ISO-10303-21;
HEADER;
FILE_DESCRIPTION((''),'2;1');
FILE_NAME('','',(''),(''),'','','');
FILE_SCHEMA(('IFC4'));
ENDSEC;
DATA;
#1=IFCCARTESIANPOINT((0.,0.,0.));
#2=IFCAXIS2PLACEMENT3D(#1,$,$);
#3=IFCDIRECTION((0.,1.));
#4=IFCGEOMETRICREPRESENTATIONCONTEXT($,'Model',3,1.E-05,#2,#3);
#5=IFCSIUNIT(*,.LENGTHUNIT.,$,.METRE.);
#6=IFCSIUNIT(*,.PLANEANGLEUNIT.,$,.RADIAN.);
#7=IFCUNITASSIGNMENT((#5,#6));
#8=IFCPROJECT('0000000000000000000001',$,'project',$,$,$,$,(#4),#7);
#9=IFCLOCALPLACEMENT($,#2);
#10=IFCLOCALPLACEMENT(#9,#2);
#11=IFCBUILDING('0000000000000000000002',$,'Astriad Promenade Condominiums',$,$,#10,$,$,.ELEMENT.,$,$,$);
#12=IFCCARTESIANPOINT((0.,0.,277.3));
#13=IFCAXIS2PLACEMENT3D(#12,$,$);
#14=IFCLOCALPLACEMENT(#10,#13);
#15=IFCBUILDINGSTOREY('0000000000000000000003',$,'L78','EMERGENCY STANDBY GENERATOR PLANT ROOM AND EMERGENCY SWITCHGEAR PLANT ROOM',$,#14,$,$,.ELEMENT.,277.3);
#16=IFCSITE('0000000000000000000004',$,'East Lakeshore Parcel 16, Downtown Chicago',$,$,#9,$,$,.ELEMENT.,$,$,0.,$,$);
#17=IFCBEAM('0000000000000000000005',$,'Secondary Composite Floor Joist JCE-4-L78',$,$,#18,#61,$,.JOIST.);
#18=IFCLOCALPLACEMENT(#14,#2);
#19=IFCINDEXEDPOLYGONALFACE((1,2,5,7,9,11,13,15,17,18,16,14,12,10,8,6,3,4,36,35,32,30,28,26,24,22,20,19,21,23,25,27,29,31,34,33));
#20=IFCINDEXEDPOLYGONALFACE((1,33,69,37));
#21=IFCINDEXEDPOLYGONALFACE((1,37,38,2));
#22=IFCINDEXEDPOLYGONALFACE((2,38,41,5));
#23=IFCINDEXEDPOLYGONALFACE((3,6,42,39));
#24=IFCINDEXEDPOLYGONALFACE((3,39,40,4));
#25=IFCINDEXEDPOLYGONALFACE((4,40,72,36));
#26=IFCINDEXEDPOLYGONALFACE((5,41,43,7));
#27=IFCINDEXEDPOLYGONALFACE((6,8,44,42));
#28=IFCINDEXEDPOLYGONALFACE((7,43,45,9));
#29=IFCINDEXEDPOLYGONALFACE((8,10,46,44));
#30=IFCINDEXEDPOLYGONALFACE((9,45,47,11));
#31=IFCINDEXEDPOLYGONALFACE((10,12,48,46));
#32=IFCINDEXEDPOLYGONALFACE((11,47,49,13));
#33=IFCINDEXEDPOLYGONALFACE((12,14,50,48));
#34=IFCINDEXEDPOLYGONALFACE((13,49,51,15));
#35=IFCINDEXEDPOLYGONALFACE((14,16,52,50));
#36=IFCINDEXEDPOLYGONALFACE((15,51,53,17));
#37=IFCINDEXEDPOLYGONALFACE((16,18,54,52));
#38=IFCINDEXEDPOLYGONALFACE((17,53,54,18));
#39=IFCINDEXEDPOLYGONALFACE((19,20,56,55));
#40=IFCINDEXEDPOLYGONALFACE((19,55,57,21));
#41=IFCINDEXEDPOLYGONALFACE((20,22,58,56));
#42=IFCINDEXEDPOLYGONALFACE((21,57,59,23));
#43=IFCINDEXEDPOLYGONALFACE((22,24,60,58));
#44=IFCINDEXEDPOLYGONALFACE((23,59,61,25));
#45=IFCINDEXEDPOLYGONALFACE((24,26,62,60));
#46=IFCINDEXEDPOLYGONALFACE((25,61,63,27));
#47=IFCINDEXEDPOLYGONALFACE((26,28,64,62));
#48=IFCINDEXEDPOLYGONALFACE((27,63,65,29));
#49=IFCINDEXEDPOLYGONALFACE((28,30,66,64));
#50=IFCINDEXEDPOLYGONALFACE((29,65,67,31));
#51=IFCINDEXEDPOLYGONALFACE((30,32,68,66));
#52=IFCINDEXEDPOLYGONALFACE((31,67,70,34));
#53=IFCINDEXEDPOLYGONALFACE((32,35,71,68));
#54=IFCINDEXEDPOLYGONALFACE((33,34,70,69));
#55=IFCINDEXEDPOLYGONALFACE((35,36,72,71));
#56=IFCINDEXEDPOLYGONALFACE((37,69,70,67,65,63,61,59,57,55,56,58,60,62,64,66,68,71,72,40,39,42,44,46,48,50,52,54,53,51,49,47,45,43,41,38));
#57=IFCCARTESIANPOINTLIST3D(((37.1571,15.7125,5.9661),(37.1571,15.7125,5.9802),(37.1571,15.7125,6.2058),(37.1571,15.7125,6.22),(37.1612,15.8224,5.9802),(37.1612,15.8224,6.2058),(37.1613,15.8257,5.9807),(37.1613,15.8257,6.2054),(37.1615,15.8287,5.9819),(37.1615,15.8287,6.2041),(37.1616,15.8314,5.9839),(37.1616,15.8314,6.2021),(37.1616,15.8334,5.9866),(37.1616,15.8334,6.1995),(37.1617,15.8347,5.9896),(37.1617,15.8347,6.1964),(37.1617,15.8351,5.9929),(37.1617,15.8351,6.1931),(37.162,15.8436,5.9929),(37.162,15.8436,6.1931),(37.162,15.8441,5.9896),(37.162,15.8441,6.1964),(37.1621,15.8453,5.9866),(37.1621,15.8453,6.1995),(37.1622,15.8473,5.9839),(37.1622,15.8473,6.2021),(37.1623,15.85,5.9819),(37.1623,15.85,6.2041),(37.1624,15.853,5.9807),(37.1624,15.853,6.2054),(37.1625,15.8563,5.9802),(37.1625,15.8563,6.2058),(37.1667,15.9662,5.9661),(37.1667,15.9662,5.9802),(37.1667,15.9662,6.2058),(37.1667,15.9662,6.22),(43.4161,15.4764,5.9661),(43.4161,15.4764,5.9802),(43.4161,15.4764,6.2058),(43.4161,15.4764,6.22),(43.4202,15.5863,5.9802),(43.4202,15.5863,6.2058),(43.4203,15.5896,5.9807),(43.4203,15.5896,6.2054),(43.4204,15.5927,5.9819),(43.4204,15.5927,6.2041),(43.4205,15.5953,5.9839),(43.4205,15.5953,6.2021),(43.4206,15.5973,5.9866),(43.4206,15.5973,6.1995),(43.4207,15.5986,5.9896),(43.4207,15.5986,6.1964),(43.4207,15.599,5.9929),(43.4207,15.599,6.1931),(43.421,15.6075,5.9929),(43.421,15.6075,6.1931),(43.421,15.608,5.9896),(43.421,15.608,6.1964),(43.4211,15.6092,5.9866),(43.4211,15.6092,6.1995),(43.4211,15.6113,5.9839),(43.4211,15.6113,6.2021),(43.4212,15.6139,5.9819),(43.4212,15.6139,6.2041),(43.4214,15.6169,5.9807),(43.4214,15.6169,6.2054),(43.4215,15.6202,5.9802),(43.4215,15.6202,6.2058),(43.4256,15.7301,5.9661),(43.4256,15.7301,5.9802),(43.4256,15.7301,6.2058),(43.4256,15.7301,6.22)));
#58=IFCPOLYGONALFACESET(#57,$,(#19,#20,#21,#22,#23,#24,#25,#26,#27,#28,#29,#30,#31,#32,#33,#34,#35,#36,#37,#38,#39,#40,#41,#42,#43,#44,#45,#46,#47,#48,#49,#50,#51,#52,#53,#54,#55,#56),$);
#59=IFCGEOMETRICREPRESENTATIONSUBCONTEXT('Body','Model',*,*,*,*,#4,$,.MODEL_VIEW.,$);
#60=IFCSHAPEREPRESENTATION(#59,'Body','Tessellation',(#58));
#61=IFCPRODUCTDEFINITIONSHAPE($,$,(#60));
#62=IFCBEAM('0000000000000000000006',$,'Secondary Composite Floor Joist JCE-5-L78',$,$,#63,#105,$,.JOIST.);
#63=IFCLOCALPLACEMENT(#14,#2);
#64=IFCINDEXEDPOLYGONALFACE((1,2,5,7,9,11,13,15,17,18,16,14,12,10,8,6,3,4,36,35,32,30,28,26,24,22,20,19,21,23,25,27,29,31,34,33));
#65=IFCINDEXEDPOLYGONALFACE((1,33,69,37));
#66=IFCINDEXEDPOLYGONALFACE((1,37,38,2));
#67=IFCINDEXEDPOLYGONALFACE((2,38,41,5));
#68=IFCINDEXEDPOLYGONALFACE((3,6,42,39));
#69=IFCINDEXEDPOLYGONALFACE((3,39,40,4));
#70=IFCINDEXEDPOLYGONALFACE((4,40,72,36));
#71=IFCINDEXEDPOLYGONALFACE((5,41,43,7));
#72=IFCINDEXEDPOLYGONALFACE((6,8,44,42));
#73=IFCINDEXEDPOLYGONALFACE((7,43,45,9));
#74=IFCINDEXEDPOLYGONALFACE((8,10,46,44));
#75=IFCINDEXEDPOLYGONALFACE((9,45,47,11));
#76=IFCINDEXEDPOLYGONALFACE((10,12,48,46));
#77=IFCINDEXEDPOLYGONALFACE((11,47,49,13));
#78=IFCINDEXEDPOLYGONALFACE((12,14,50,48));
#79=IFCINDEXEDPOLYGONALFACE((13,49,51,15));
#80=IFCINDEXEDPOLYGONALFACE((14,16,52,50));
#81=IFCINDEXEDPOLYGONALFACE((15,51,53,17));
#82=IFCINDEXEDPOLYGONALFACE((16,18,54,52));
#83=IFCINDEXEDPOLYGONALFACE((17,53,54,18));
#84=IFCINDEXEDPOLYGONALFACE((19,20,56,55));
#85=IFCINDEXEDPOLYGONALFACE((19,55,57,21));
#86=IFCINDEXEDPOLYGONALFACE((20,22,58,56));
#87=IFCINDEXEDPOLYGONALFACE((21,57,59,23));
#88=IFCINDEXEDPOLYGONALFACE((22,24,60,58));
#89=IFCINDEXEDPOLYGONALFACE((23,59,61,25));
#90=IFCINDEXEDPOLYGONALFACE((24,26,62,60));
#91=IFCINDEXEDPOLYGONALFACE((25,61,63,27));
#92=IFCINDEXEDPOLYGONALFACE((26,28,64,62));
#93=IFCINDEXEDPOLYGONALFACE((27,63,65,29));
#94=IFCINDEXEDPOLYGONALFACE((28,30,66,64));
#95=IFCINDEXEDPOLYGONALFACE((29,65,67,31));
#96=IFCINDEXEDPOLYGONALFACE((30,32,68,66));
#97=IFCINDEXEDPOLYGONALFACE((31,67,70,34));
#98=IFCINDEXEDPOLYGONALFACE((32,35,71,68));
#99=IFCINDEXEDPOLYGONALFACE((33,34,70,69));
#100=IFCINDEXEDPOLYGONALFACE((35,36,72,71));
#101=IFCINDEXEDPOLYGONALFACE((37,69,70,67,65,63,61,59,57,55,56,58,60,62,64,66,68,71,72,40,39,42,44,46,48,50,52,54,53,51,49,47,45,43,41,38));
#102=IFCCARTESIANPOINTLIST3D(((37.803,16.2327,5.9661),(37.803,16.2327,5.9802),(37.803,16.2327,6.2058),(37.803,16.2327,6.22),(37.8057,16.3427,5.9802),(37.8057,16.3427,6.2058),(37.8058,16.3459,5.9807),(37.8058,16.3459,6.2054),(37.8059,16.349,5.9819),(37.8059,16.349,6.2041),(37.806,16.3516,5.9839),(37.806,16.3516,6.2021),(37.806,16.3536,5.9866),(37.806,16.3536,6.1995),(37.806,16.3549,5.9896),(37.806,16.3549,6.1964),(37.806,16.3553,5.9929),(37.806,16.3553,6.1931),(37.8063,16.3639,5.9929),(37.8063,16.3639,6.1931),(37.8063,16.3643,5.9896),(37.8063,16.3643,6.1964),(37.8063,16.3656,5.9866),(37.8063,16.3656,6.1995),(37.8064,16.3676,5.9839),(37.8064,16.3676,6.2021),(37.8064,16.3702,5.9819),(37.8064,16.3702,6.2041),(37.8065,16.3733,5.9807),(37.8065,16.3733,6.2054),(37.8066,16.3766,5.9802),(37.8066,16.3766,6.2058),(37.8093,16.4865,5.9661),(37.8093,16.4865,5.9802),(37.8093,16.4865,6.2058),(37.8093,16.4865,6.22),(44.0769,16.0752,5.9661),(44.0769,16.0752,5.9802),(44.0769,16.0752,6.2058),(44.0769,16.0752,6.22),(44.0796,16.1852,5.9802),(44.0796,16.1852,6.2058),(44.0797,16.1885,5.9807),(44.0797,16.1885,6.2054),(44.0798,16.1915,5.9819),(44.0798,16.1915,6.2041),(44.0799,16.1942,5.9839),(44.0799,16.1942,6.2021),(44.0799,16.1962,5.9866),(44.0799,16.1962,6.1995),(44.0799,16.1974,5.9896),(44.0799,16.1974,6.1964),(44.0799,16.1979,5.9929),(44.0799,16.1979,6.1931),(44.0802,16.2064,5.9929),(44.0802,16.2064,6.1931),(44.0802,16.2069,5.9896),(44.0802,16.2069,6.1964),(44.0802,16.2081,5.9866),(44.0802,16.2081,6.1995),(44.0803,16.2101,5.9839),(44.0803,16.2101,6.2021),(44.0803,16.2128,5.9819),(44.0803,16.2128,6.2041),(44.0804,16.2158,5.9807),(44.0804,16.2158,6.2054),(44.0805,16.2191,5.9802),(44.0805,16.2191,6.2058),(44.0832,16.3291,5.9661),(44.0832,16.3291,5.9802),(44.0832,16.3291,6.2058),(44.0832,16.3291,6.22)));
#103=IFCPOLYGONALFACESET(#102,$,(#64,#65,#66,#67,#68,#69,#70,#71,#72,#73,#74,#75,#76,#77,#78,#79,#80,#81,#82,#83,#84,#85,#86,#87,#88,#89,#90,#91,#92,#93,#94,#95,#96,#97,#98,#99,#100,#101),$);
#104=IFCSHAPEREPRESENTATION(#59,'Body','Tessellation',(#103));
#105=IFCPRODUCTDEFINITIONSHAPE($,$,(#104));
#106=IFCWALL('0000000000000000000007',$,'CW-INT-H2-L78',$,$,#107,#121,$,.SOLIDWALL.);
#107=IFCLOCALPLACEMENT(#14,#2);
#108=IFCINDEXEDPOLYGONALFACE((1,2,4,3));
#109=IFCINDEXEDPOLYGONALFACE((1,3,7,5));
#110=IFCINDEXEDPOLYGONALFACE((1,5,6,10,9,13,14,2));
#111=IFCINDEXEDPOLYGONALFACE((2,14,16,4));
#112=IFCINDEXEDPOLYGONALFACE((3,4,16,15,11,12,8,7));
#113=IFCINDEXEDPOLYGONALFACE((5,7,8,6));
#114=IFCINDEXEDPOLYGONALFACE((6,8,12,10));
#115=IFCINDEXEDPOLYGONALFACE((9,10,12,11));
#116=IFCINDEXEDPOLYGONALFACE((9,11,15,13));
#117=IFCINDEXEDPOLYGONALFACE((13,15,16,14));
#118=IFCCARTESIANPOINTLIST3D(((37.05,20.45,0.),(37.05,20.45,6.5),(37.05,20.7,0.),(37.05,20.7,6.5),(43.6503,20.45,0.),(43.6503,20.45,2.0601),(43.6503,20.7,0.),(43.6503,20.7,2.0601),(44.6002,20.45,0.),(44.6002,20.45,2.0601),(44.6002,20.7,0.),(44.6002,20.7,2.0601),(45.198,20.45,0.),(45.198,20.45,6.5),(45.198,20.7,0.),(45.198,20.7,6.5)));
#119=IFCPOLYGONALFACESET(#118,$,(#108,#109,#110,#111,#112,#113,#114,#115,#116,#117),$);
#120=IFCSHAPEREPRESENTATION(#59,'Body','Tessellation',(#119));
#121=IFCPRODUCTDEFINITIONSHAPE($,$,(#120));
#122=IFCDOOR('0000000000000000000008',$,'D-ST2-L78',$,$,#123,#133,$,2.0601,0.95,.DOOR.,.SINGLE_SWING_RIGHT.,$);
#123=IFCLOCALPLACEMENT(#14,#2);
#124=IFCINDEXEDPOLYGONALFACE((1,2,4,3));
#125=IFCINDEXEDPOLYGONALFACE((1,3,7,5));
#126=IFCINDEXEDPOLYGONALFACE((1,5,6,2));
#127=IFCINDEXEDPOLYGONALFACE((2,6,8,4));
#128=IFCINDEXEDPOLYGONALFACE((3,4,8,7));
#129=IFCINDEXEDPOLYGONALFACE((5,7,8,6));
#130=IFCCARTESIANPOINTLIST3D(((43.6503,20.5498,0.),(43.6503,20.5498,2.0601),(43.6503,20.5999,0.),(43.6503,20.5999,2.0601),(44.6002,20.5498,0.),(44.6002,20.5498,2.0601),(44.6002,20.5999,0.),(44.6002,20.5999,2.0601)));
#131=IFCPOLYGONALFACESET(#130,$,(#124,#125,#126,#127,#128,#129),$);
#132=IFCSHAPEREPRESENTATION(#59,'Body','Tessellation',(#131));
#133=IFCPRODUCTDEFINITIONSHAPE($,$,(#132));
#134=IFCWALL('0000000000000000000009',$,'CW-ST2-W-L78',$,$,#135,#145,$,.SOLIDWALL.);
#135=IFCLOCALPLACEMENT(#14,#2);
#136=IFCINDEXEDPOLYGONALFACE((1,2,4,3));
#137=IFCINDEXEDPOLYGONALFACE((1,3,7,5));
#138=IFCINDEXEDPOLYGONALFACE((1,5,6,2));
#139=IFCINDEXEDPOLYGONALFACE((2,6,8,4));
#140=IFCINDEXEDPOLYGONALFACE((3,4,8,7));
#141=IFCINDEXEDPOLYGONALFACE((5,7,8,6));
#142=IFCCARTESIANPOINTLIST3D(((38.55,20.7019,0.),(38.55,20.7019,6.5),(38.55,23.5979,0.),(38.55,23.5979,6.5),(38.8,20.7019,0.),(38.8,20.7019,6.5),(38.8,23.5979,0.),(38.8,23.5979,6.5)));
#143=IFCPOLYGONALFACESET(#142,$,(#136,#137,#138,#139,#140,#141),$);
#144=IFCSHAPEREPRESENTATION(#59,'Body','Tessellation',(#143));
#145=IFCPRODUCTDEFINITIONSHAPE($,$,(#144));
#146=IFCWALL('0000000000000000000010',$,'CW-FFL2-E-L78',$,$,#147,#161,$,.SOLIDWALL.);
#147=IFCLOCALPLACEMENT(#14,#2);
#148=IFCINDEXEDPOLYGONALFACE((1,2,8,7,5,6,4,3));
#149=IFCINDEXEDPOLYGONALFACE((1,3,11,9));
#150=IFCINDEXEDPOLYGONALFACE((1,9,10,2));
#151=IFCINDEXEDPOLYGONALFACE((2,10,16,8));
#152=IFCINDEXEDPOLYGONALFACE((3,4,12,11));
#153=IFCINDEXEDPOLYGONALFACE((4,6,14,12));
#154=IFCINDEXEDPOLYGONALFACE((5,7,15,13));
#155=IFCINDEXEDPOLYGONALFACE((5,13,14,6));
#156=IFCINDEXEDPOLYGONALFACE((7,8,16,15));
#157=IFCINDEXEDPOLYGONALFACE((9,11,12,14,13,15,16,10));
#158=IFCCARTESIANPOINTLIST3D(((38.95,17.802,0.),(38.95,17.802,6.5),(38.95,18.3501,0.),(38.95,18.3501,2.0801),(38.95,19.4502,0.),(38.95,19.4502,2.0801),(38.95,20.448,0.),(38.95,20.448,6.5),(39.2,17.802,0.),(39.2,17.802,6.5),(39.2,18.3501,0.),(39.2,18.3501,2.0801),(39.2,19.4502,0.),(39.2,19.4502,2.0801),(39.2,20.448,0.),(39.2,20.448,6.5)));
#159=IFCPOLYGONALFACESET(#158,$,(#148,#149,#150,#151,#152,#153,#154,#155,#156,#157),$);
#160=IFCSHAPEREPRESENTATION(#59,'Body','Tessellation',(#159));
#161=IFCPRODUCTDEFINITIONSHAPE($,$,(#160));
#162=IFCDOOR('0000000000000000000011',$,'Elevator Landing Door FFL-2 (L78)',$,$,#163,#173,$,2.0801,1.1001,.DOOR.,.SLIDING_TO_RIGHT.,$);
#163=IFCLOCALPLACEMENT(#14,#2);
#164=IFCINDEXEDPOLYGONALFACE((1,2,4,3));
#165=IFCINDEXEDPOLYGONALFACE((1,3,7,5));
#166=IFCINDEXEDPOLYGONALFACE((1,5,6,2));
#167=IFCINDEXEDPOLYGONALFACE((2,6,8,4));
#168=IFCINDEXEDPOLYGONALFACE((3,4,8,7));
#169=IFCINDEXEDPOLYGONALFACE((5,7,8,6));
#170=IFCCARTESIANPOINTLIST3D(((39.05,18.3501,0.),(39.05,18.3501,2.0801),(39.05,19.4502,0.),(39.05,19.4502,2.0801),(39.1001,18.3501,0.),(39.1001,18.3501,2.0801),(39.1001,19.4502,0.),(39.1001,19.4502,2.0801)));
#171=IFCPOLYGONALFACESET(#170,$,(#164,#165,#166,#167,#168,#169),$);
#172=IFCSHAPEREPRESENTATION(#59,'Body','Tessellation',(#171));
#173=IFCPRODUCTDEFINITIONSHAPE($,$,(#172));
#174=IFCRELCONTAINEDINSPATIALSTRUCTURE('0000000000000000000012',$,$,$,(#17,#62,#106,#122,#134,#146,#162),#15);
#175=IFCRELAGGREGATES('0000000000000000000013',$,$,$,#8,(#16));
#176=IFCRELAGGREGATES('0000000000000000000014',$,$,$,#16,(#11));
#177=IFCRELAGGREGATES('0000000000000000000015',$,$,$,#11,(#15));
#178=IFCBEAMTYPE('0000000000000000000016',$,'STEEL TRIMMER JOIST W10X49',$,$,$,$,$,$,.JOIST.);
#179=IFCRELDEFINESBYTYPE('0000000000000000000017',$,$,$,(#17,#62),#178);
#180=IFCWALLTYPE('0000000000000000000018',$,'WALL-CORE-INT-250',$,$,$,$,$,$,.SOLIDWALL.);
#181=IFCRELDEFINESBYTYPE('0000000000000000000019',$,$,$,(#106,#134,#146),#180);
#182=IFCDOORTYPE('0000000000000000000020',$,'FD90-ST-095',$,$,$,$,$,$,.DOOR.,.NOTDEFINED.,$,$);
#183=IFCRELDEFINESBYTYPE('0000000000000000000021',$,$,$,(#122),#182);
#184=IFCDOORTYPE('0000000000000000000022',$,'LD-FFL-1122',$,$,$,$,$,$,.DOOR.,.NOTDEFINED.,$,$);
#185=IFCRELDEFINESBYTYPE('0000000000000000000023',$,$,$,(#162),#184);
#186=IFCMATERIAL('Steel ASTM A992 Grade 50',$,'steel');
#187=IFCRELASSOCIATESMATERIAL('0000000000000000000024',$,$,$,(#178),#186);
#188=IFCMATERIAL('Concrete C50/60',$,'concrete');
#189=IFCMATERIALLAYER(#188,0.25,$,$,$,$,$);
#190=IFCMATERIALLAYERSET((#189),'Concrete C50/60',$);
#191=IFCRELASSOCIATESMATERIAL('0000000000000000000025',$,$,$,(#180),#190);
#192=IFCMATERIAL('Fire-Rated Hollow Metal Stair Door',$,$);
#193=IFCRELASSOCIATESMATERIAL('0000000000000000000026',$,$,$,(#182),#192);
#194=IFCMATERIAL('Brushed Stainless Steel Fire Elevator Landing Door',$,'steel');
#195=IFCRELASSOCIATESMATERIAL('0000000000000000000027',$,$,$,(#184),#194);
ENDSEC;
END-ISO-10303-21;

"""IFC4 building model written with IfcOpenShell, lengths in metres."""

from ifc_helpers import new_model, si_unit, direction, frame, frame_2d, origin, origin_2d, place, context, subcontext, project, spatial, rectangle, i_section, extrude, source, transform, mapped, material, layer, layer_set, material_profile, profile_set, type_object, type_shapes, element, fill, save


model = new_model("IFC4")

# Units and contexts
model_context = context("Model", 3, precision=1e-05, world=origin(), true_north=direction((0.0, 1.0)))
body_context = subcontext(model_context, "Body", "Model", "MODEL_VIEW")
ifc_project = project(units=[si_unit("LENGTHUNIT", "METRE"), si_unit("PLANEANGLEUNIT", "RADIAN")], contexts=[model_context])

# Site, building, storey
site_placement = place(None, origin())
site = spatial("IfcSite", under=ifc_project, at=site_placement, Name="East Lakeshore Parcel 16, Downtown Chicago", CompositionType="ELEMENT", RefElevation=0.0)
building_placement = place(site_placement, origin())
building = spatial("IfcBuilding", under=site, at=building_placement, Name="Astriad Promenade Condominiums", CompositionType="ELEMENT")
storey_placement = place(building_placement, frame((0.0, 0.0, 277.3)))
storey = spatial("IfcBuildingStorey", under=building, at=storey_placement, Name="L78", Description="EMERGENCY STANDBY GENERATOR PLANT ROOM AND EMERGENCY SWITCHGEAR PLANT ROOM", CompositionType="ELEMENT", Elevation=277.3)

# Shared definitions
ifc_material_1 = material(Name="Steel ASTM A992 Grade 50", Category="steel")

# Beams
ifc_material_profile_1 = material_profile(ifc_material_1, i_section(OverallWidth=0.2539, OverallDepth=0.2539, WebThickness=0.0085, FlangeThickness=0.0142, FilletRadius=0.0127, at=origin_2d()), Name="W10X49")
ifc_profile_set_1 = profile_set([ifc_material_profile_1], Name="Steel ASTM A992 Grade 50")
beam_type_1 = type_object("IfcBeamType", Name="STEEL TRIMMER JOIST W10X49", PredefinedType="JOIST", material=ifc_profile_set_1)
shared_shape_1 = source(origin(), body_context, "Body", "SweptSolid", [
    extrude(i_section(OverallWidth=0.2539, OverallDepth=0.2539, WebThickness=0.0085, FlangeThickness=0.0142, FilletRadius=0.0127, at=origin_2d()), origin(), (0.0, 0.0, 1.0), 6.2634),
])
beam_1_placement = place(storey_placement, frame((37.1619, 15.8394, 6.093), z_axis=(0.999289, -0.037692, 0.0), x_axis=(0.037692, 0.999289, 0.0)))
element("IfcBeam", 1, at=beam_1_placement, inside=storey, type_object=beam_type_1, Name="Secondary Composite Floor Joist JCE-4-L78", PredefinedType="JOIST", context=body_context, shape_type="MappedRepresentation", body=[
    mapped(shared_shape_1, transform((0.0, 0.0, 0.0), scale=1.0)),
])
shared_shape_2 = source(origin(), body_context, "Body", "SweptSolid", [
    extrude(i_section(OverallWidth=0.2539, OverallDepth=0.2539, WebThickness=0.0085, FlangeThickness=0.0142, FilletRadius=0.0127, at=origin_2d()), origin(), (0.0, 0.0, 1.0), 6.2759),
])
beam_2_placement = place(storey_placement, frame((37.8062, 16.3596, 6.093), z_axis=(0.999685, -0.025091, 0.0), x_axis=(0.025091, 0.999685, 0.0)))
element("IfcBeam", 2, at=beam_2_placement, inside=storey, type_object=beam_type_1, Name="Secondary Composite Floor Joist JCE-5-L78", PredefinedType="JOIST", context=body_context, shape_type="MappedRepresentation", body=[
    mapped(shared_shape_2, transform((0.0, 0.0, 0.0), scale=1.0)),
])

# Wall, opening, door
ifc_material_2 = material(Name="Concrete C50/60", Category="concrete")
ifc_layer_1 = layer(ifc_material_2, 0.25)
ifc_layer_set_1 = layer_set([ifc_layer_1], Name="Concrete C50/60")
wall_type_1 = type_object("IfcWallType", Name="WALL-CORE-INT-250", PredefinedType="SOLIDWALL", material=ifc_layer_set_1)
wall_1_placement = place(storey_placement, frame((37.05, 20.575, 0.0), z_axis=(0.0, 0.0, 1.0), x_axis=(1.0, 0.0, 0.0)))
wall_1 = element("IfcWall", 3, at=wall_1_placement, inside=storey, type_object=wall_type_1, Name="CW-INT-H2-L78", PredefinedType="SOLIDWALL", context=body_context, shape_type="SweptSolid", body=[
    extrude(rectangle(XDim=8.1479, YDim=0.25, at=frame_2d((4.074, 0.0))), origin(), (0.0, 0.0, 1.0), 6.5),
])
opening_1_placement = place(wall_1_placement, frame((6.6001, 0.0, 0.0)))
opening_1 = element("IfcOpeningElement", 4, at=opening_1_placement, cuts=wall_1, PredefinedType="OPENING", context=body_context, shape_type="SweptSolid", body=[
    extrude(rectangle(XDim=0.95, YDim=2.0601, at=frame_2d((0.4751, 1.03))), frame((0.0, 0.135, 0.0), z_axis=(0.0, -1.0, 0.0), x_axis=(1.0, 0.0, 0.0)), (0.0, 0.0, 1.0), 0.27),
])
ifc_material_3 = material(Name="Fire-Rated Hollow Metal Stair Door")
door_type_1 = type_object("IfcDoorType", Name="FD90-ST-095", OperationType="NOTDEFINED", PredefinedType="DOOR", material=ifc_material_3)
shared_shape_3 = source(origin(), body_context, "Body", "SweptSolid", [
    extrude(rectangle(XDim=0.95, YDim=2.0601, at=frame_2d((0.4751, 1.03))), frame((0.0, 0.0249, 0.0), z_axis=(0.0, -1.0, 0.0), x_axis=(1.0, 0.0, 0.0)), (0.0, 0.0, 1.0), 0.05),
])
type_shapes(door_type_1, [shared_shape_3])
door_1_placement = place(opening_1_placement, origin())
door_1 = element("IfcDoor", 5, at=door_1_placement, inside=storey, type_object=door_type_1, Name="D-ST2-L78", OperationType="SINGLE_SWING_RIGHT", OverallHeight=2.0601, OverallWidth=0.95, PredefinedType="DOOR", context=body_context, shape_type="MappedRepresentation", body=[
    mapped(shared_shape_3, transform((0.0, 0.0, 0.0), scale=1.0)),
])
fill(opening_1, door_1)

# Wall
wall_2_placement = place(storey_placement, frame((38.675, 20.7019, 0.0), z_axis=(0.0, 0.0, 1.0), x_axis=(0.0, 1.0, 0.0)))
element("IfcWall", 6, at=wall_2_placement, inside=storey, type_object=wall_type_1, Name="CW-ST2-W-L78", PredefinedType="SOLIDWALL", context=body_context, shape_type="SweptSolid", body=[
    extrude(rectangle(XDim=2.896, YDim=0.25, at=frame_2d((1.448, 0.0))), origin(), (0.0, 0.0, 1.0), 6.5),
])

# Wall, opening, door
wall_3_placement = place(storey_placement, frame((39.075, 17.802, 0.0), z_axis=(0.0, 0.0, 1.0), x_axis=(0.0, 1.0, 0.0)))
wall_3 = element("IfcWall", 7, at=wall_3_placement, inside=storey, type_object=wall_type_1, Name="CW-FFL2-E-L78", PredefinedType="SOLIDWALL", context=body_context, shape_type="SweptSolid", body=[
    extrude(rectangle(XDim=2.646, YDim=0.25, at=frame_2d((1.323, 0.0))), origin(), (0.0, 0.0, 1.0), 6.5),
])
opening_2_placement = place(wall_3_placement, frame((0.5481, 0.0, 0.0)))
opening_2 = element("IfcOpeningElement", 8, at=opening_2_placement, cuts=wall_3, PredefinedType="OPENING", context=body_context, shape_type="SweptSolid", body=[
    extrude(rectangle(XDim=1.1001, YDim=2.0801, at=frame_2d((0.55, 1.04))), frame((0.0, 0.135, 0.0), z_axis=(0.0, -1.0, 0.0), x_axis=(1.0, 0.0, 0.0)), (0.0, 0.0, 1.0), 0.27),
])
ifc_material_4 = material(Name="Brushed Stainless Steel Fire Elevator Landing Door", Category="steel")
door_type_2 = type_object("IfcDoorType", Name="LD-FFL-1122", OperationType="NOTDEFINED", PredefinedType="DOOR", material=ifc_material_4)
shared_shape_4 = source(origin(), body_context, "Body", "SweptSolid", [
    extrude(rectangle(XDim=1.1001, YDim=2.0801, at=frame_2d((0.55, 1.04))), frame((0.0, 0.0249, 0.0), z_axis=(0.0, -1.0, 0.0), x_axis=(1.0, 0.0, 0.0)), (0.0, 0.0, 1.0), 0.05),
])
type_shapes(door_type_2, [shared_shape_4])
door_2_placement = place(opening_2_placement, origin())
door_2 = element("IfcDoor", 9, at=door_2_placement, inside=storey, type_object=door_type_2, Name="Elevator Landing Door FFL-2 (L78)", OperationType="SLIDING_TO_RIGHT", OverallHeight=2.0801, OverallWidth=1.1001, PredefinedType="DOOR", context=body_context, shape_type="MappedRepresentation", body=[
    mapped(shared_shape_4, transform((0.0, 0.0, 0.0), scale=1.0)),
])
fill(opening_2, door_2)

save(model, "model.ifc")
